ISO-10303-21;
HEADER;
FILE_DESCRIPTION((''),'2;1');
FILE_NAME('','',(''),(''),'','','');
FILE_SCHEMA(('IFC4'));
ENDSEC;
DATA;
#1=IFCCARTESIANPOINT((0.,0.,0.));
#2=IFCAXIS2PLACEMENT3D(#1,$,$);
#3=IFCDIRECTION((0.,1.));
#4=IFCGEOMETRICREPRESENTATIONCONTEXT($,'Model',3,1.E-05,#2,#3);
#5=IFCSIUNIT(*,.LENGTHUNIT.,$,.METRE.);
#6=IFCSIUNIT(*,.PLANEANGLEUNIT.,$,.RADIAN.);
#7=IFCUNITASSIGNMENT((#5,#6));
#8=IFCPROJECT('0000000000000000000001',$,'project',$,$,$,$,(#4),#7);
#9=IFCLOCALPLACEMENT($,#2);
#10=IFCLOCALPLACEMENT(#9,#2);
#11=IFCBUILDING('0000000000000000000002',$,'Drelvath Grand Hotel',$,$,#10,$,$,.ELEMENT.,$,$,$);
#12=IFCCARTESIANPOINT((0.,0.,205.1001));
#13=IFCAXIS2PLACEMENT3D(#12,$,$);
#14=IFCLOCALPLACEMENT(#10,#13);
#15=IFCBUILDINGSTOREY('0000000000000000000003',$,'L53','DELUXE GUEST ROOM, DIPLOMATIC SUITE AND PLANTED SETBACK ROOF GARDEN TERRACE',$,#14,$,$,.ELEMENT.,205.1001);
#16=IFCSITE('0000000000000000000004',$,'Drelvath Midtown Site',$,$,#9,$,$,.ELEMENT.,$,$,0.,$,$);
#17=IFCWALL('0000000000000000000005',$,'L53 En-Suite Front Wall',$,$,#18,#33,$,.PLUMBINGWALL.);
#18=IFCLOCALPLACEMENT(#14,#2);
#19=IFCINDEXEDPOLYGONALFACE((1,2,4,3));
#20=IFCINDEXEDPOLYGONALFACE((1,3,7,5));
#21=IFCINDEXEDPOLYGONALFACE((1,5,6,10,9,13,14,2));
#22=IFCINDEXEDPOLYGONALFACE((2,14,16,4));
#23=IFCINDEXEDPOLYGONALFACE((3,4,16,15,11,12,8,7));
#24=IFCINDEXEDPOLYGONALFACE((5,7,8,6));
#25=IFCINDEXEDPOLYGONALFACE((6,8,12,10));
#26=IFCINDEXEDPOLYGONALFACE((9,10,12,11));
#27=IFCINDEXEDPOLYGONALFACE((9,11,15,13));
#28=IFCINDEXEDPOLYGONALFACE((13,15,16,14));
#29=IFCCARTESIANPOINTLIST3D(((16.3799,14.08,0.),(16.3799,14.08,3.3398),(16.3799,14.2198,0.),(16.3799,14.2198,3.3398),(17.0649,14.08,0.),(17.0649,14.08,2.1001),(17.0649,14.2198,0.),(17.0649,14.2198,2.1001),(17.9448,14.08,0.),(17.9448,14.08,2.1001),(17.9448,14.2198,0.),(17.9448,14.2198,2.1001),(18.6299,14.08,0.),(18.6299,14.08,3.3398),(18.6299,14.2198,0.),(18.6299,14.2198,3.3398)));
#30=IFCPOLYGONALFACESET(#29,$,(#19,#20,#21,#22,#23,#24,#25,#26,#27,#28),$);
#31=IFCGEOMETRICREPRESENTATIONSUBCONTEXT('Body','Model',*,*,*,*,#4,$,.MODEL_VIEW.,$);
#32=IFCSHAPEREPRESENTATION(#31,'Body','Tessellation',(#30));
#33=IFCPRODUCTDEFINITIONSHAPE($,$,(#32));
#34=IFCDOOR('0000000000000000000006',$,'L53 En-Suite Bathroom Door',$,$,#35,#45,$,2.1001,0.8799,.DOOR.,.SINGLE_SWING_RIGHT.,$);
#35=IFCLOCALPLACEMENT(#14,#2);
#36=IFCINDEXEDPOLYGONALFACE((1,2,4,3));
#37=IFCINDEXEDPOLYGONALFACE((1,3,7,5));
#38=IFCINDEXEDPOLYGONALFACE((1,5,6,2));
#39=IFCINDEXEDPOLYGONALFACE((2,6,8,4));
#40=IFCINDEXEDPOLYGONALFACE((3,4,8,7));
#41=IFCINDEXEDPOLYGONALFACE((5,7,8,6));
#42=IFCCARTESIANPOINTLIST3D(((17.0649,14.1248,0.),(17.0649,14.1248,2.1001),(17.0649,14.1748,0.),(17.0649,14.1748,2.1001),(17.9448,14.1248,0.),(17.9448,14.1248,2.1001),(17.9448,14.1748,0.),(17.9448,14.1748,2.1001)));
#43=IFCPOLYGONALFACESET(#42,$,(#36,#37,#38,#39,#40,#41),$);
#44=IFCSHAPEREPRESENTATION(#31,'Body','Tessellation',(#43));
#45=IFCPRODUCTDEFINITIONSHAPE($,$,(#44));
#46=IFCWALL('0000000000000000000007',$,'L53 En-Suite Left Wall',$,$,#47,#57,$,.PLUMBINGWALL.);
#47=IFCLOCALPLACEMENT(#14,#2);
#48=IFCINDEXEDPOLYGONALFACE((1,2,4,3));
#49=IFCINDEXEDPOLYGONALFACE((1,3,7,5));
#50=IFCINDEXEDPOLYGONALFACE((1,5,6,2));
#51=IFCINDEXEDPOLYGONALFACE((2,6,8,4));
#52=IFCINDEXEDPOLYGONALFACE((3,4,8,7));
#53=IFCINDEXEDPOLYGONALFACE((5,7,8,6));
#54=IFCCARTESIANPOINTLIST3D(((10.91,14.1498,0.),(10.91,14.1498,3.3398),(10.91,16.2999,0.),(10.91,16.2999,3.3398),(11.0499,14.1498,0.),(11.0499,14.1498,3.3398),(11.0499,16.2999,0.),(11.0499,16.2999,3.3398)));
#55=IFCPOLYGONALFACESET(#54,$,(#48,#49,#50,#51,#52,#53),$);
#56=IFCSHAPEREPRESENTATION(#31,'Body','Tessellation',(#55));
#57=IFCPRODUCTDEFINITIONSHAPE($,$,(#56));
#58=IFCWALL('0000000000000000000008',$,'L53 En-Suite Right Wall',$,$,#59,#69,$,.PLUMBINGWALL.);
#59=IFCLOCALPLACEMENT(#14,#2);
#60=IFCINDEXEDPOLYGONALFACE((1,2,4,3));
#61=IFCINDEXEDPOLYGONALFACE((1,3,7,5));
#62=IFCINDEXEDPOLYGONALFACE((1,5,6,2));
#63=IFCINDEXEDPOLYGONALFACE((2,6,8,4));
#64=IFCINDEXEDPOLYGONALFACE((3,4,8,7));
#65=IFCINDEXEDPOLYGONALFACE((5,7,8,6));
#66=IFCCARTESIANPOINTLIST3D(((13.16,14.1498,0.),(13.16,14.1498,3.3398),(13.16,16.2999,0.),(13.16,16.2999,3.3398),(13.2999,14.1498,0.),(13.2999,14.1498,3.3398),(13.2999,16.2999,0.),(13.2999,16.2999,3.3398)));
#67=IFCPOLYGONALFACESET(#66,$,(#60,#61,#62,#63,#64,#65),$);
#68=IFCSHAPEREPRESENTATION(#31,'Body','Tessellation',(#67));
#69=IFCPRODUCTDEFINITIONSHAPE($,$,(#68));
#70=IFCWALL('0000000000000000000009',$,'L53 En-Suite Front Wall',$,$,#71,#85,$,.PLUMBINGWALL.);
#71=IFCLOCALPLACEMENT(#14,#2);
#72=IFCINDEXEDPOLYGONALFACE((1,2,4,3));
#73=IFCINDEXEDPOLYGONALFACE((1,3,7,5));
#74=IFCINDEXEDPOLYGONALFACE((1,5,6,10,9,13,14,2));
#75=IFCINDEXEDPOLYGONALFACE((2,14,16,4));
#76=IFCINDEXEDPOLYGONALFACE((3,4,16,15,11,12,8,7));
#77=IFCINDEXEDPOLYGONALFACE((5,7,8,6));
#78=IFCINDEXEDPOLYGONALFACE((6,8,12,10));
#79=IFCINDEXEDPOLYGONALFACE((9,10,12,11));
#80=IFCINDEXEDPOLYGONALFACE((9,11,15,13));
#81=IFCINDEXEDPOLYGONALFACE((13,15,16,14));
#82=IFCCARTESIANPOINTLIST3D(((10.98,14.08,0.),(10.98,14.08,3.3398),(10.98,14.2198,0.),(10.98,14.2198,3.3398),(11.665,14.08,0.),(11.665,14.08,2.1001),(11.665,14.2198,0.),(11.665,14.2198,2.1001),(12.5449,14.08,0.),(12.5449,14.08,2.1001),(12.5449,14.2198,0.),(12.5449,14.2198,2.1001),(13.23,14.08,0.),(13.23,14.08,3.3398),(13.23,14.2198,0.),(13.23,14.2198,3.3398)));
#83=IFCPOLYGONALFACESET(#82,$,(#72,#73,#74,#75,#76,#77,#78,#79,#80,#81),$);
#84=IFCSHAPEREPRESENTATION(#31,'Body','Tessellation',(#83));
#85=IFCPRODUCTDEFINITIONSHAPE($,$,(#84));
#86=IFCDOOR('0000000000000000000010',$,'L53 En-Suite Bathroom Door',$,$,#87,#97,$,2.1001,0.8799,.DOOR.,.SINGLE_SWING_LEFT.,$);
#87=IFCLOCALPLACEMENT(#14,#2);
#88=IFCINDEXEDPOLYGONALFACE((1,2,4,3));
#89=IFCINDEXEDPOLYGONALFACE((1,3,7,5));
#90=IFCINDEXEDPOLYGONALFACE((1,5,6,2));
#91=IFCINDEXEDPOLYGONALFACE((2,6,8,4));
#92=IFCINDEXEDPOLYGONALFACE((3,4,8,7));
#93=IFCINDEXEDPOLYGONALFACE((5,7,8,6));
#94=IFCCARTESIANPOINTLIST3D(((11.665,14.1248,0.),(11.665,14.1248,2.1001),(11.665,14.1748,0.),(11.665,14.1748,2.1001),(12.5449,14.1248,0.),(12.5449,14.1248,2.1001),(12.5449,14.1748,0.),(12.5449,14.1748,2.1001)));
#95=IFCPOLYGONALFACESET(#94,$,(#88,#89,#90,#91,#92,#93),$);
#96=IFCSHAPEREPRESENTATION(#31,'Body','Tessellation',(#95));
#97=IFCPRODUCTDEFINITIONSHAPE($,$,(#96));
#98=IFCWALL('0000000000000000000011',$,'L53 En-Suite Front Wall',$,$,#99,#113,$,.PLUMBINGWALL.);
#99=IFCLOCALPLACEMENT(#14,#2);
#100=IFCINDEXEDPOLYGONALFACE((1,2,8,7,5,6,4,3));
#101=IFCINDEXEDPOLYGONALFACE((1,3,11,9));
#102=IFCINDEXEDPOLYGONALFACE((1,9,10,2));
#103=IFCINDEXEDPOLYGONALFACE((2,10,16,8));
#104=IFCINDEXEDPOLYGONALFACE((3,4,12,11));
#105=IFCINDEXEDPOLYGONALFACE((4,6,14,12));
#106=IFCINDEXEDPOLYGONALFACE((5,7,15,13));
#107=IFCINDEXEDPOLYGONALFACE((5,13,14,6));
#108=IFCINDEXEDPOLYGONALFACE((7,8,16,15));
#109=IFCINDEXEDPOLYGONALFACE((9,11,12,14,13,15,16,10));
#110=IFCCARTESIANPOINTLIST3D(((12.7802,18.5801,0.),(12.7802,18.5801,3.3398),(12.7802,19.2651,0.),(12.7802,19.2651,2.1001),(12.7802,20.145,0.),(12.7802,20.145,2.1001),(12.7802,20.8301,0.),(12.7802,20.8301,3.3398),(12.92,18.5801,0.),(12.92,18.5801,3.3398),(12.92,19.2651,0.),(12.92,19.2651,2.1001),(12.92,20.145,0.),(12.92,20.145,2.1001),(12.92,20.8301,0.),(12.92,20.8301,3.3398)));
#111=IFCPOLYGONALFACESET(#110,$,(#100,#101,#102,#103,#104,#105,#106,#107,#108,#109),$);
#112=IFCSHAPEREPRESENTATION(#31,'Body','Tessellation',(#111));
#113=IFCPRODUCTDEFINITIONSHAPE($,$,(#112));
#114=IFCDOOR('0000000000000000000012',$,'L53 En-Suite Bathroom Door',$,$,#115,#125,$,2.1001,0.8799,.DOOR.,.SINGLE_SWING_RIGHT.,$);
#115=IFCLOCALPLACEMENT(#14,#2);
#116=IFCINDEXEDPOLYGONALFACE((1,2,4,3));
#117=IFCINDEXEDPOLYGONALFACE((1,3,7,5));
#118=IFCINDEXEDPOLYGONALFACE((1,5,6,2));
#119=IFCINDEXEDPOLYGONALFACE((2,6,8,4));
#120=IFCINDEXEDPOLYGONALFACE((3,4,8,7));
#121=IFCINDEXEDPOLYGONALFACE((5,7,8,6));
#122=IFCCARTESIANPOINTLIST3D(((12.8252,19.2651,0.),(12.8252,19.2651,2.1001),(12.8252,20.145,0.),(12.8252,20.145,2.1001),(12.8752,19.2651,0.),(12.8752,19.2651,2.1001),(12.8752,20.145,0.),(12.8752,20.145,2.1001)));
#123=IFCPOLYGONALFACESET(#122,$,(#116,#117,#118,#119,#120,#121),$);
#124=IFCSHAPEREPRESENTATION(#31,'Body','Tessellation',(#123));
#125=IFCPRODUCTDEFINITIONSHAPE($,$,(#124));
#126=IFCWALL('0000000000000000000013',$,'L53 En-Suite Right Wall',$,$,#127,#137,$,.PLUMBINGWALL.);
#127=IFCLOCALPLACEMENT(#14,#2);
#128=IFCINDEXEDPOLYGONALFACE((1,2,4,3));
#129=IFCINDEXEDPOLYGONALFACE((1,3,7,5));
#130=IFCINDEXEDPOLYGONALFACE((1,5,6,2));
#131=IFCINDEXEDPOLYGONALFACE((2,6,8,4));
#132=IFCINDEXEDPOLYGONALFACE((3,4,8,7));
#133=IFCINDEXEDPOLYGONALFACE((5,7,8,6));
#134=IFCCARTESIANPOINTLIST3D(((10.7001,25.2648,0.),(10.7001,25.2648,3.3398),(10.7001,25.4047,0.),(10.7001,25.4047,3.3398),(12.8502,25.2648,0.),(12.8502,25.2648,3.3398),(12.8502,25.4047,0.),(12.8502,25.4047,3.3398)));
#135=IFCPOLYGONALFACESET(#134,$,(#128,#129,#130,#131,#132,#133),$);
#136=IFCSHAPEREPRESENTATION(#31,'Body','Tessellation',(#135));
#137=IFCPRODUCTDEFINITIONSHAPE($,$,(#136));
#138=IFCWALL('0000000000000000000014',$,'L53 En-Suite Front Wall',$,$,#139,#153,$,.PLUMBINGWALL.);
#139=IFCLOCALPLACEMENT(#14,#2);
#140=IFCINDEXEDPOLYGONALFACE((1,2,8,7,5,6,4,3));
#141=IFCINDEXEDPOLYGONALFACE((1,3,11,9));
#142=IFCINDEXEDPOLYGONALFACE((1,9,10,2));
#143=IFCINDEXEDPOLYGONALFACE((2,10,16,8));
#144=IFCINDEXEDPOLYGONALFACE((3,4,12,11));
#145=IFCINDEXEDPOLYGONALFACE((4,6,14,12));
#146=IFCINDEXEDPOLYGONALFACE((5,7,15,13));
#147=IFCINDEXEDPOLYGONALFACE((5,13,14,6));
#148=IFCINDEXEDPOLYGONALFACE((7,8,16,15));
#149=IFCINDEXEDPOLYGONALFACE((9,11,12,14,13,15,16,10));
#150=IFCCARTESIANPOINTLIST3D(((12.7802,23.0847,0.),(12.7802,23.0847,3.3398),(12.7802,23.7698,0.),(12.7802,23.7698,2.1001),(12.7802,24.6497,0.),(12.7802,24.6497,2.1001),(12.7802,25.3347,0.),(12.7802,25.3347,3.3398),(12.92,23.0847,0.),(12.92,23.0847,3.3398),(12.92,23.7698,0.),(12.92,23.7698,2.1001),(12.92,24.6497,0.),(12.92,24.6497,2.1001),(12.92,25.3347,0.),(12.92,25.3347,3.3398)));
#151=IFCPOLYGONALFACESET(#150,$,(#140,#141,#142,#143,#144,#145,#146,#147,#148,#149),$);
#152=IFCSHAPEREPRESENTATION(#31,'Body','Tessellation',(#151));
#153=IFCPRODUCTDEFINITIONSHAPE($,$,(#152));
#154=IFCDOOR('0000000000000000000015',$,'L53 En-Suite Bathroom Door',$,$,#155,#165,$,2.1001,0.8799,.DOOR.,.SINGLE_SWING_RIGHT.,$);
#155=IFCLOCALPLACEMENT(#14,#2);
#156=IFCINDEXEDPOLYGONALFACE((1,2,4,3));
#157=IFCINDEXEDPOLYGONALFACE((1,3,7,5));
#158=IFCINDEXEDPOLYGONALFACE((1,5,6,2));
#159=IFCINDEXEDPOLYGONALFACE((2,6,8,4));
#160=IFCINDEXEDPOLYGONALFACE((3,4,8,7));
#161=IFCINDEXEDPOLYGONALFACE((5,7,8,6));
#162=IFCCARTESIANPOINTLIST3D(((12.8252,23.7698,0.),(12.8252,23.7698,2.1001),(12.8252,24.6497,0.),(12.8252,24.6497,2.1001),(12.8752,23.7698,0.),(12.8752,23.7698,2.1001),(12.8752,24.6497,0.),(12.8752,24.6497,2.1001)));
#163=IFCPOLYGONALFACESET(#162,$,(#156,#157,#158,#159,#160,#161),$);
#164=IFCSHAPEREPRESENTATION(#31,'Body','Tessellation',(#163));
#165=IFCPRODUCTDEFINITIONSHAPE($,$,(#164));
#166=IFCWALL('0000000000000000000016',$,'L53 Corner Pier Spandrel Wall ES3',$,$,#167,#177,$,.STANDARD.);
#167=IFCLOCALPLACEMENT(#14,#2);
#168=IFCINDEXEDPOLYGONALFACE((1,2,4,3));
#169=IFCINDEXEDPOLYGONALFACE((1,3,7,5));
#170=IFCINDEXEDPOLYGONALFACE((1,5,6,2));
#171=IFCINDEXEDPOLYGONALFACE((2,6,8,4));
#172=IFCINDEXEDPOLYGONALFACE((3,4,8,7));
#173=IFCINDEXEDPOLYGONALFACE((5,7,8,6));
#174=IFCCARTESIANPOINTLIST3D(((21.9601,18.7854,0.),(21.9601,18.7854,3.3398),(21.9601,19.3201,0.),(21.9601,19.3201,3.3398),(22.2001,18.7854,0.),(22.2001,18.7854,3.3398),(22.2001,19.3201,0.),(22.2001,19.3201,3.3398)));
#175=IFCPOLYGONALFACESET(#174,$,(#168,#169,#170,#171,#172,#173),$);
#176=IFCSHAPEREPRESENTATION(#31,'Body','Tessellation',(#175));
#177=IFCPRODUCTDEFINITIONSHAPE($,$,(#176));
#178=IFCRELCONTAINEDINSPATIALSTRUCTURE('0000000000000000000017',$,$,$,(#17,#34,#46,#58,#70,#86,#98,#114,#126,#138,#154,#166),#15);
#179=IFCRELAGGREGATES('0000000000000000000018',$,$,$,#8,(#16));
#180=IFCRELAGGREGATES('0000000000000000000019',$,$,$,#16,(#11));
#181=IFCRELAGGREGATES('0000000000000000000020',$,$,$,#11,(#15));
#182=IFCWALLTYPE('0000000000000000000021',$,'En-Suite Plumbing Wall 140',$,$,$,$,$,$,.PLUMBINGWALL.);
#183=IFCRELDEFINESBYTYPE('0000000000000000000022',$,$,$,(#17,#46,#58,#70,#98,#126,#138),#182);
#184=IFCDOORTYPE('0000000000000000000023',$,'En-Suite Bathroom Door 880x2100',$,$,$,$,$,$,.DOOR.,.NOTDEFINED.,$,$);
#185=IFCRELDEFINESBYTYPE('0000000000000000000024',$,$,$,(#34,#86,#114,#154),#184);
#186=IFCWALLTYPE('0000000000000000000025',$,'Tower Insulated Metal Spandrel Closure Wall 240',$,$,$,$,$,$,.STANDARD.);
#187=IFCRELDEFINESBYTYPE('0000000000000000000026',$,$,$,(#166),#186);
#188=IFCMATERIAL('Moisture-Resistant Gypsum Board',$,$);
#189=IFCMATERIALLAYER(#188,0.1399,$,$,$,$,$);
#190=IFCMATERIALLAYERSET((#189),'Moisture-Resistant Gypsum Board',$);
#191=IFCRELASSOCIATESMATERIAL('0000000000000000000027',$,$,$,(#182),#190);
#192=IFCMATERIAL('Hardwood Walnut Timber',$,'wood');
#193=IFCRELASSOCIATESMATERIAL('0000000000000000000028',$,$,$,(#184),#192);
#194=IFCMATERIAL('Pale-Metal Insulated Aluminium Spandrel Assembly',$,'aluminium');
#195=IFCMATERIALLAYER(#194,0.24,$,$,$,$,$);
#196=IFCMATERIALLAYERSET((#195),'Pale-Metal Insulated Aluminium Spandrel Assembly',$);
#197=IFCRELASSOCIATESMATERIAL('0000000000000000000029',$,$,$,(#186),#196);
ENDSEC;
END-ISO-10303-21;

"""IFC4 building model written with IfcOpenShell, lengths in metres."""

from ifc_helpers import new_model, si_unit, direction, frame, frame_2d, origin, place, context, subcontext, project, spatial, rectangle, extrude, material, layer, layer_set, type_object, element, fill, save


model = new_model("IFC4")

# Units and contexts
model_context = context("Model", 3, precision=1e-05, world=origin(), true_north=direction((0.0, 1.0)))
body_context = subcontext(model_context, "Body", "Model", "MODEL_VIEW")
ifc_project = project(units=[si_unit("LENGTHUNIT", "METRE"), si_unit("PLANEANGLEUNIT", "RADIAN")], contexts=[model_context])

# Site, building, storey
site_placement = place(None, origin())
site = spatial("IfcSite", under=ifc_project, at=site_placement, Name="Drelvath Midtown Site", CompositionType="ELEMENT", RefElevation=0.0)
building_placement = place(site_placement, origin())
building = spatial("IfcBuilding", under=site, at=building_placement, Name="Drelvath Grand Hotel", CompositionType="ELEMENT")
storey_placement = place(building_placement, frame((0.0, 0.0, 205.1001)))
storey = spatial("IfcBuildingStorey", under=building, at=storey_placement, Name="L53", Description="DELUXE GUEST ROOM, DIPLOMATIC SUITE AND PLANTED SETBACK ROOF GARDEN TERRACE", CompositionType="ELEMENT", Elevation=205.1001)

# Shared definitions
ifc_material_1 = material(Name="Moisture-Resistant Gypsum Board")
ifc_layer_1 = layer(ifc_material_1, 0.1399)
ifc_layer_set_1 = layer_set([ifc_layer_1], Name="Moisture-Resistant Gypsum Board")
wall_type_1 = type_object("IfcWallType", Name="En-Suite Plumbing Wall 140", PredefinedType="PLUMBINGWALL", material=ifc_layer_set_1)

# Wall, opening, door
wall_1_placement = place(storey_placement, frame((16.3799, 14.1499, 0.0), z_axis=(0.0, 0.0, 1.0), x_axis=(1.0, 0.0, 0.0)))
wall_1 = element("IfcWall", 1, at=wall_1_placement, inside=storey, type_object=wall_type_1, Name="L53 En-Suite Front Wall", PredefinedType="PLUMBINGWALL", context=body_context, shape_type="SweptSolid", body=[
    extrude(rectangle(XDim=2.25, YDim=0.1399, at=frame_2d((1.125, 0.0))), origin(), (0.0, 0.0, 1.0), 3.3398),
])
opening_1_placement = place(wall_1_placement, frame((0.6851, 0.0, 0.0)))
opening_1 = element("IfcOpeningElement", 2, at=opening_1_placement, cuts=wall_1, PredefinedType="OPENING", context=body_context, shape_type="SweptSolid", body=[
    extrude(rectangle(XDim=0.8799, YDim=2.1001, at=frame_2d((0.4399, 1.05))), frame((0.0, 0.0798, 0.0), z_axis=(0.0, -1.0, 0.0), x_axis=(1.0, 0.0, 0.0)), (0.0, 0.0, 1.0), 0.1599),
])
ifc_material_2 = material(Name="Hardwood Walnut Timber", Category="wood")
door_type = type_object("IfcDoorType", Name="En-Suite Bathroom Door 880x2100", OperationType="NOTDEFINED", PredefinedType="DOOR", material=ifc_material_2)
door_1_placement = place(opening_1_placement, origin())
door_1 = element("IfcDoor", 3, at=door_1_placement, inside=storey, type_object=door_type, Name="L53 En-Suite Bathroom Door", OperationType="SINGLE_SWING_RIGHT", OverallHeight=2.1001, OverallWidth=0.8799, PredefinedType="DOOR", context=body_context, shape_type="SweptSolid", body=[
    extrude(rectangle(XDim=0.8799, YDim=2.1001, at=frame_2d((0.4399, 1.05))), frame((0.0, 0.0249, 0.0), z_axis=(0.0, -1.0, 0.0), x_axis=(1.0, 0.0, 0.0)), (0.0, 0.0, 1.0), 0.05),
])
fill(opening_1, door_1)

# Walls
for number, where, z_axis, x_axis, name in (
    (4, (10.98, 16.3, 0.0), (0.0, 0.0, 1.0), (0.0, -1.0, 0.0), "L53 En-Suite Left Wall"),
    (5, (13.23, 16.3, 0.0), (0.0, 0.0, 1.0), (0.0, -1.0, 0.0), "L53 En-Suite Right Wall"),
):
    element("IfcWall", number, at=place(storey_placement, frame(where, z_axis=z_axis, x_axis=x_axis)), inside=storey, type_object=wall_type_1, Name=name, PredefinedType="PLUMBINGWALL", context=body_context, shape_type="SweptSolid", body=[
        extrude(rectangle(XDim=2.1501, YDim=0.1399, at=frame_2d((1.0752, 0.0))), origin(), (0.0, 0.0, 1.0), 3.3398),
    ])

# Walls, openings, doors
wall_2_placement = place(storey_placement, frame((10.98, 14.1499, 0.0), z_axis=(0.0, 0.0, 1.0), x_axis=(1.0, 0.0, 0.0)))
wall_2 = element("IfcWall", 6, at=wall_2_placement, inside=storey, type_object=wall_type_1, Name="L53 En-Suite Front Wall", PredefinedType="PLUMBINGWALL", context=body_context, shape_type="SweptSolid", body=[
    extrude(rectangle(XDim=2.25, YDim=0.1399, at=frame_2d((1.125, 0.0))), origin(), (0.0, 0.0, 1.0), 3.3398),
])
opening_2_placement = place(wall_2_placement, frame((0.6851, 0.0, 0.0)))
opening_2 = element("IfcOpeningElement", 7, at=opening_2_placement, cuts=wall_2, PredefinedType="OPENING", context=body_context, shape_type="SweptSolid", body=[
    extrude(rectangle(XDim=0.8799, YDim=2.1001, at=frame_2d((0.4399, 1.05))), frame((0.0, 0.0798, 0.0), z_axis=(0.0, -1.0, 0.0), x_axis=(1.0, 0.0, 0.0)), (0.0, 0.0, 1.0), 0.1599),
])
door_2_placement = place(opening_2_placement, origin())
door_2 = element("IfcDoor", 8, at=door_2_placement, inside=storey, type_object=door_type, Name="L53 En-Suite Bathroom Door", OperationType="SINGLE_SWING_LEFT", OverallHeight=2.1001, OverallWidth=0.8799, PredefinedType="DOOR", context=body_context, shape_type="SweptSolid", body=[
    extrude(rectangle(XDim=0.8799, YDim=2.1001, at=frame_2d((0.4399, 1.05))), frame((0.0, 0.0249, 0.0), z_axis=(0.0, -1.0, 0.0), x_axis=(1.0, 0.0, 0.0)), (0.0, 0.0, 1.0), 0.05),
])
fill(opening_2, door_2)
wall_3_placement = place(storey_placement, frame((12.8501, 18.5801, 0.0), z_axis=(0.0, 0.0, 1.0), x_axis=(0.0, 1.0, 0.0)))
wall_3 = element("IfcWall", 9, at=wall_3_placement, inside=storey, type_object=wall_type_1, Name="L53 En-Suite Front Wall", PredefinedType="PLUMBINGWALL", context=body_context, shape_type="SweptSolid", body=[
    extrude(rectangle(XDim=2.25, YDim=0.1399, at=frame_2d((1.125, 0.0))), origin(), (0.0, 0.0, 1.0), 3.3398),
])
opening_3_placement = place(wall_3_placement, frame((0.6851, 0.0, 0.0)))
opening_3 = element("IfcOpeningElement", 10, at=opening_3_placement, cuts=wall_3, PredefinedType="OPENING", context=body_context, shape_type="SweptSolid", body=[
    extrude(rectangle(XDim=0.8799, YDim=2.1001, at=frame_2d((0.4399, 1.05))), frame((0.0, 0.0798, 0.0), z_axis=(0.0, -1.0, 0.0), x_axis=(1.0, 0.0, 0.0)), (0.0, 0.0, 1.0), 0.1599),
])
door_3_placement = place(opening_3_placement, origin())
door_3 = element("IfcDoor", 11, at=door_3_placement, inside=storey, type_object=door_type, Name="L53 En-Suite Bathroom Door", OperationType="SINGLE_SWING_RIGHT", OverallHeight=2.1001, OverallWidth=0.8799, PredefinedType="DOOR", context=body_context, shape_type="SweptSolid", body=[
    extrude(rectangle(XDim=0.8799, YDim=2.1001, at=frame_2d((0.4399, 1.05))), frame((0.0, 0.0249, 0.0), z_axis=(0.0, -1.0, 0.0), x_axis=(1.0, 0.0, 0.0)), (0.0, 0.0, 1.0), 0.05),
])
fill(opening_3, door_3)

# Wall
wall_4_placement = place(storey_placement, frame((10.7, 25.3347, 0.0), z_axis=(0.0, 0.0, 1.0), x_axis=(1.0, 0.0, 0.0)))
element("IfcWall", 12, at=wall_4_placement, inside=storey, type_object=wall_type_1, Name="L53 En-Suite Right Wall", PredefinedType="PLUMBINGWALL", context=body_context, shape_type="SweptSolid", body=[
    extrude(rectangle(XDim=2.1501, YDim=0.1399, at=frame_2d((1.0752, 0.0))), origin(), (0.0, 0.0, 1.0), 3.3398),
])

# Wall, opening, door
wall_5_placement = place(storey_placement, frame((12.8501, 23.0847, 0.0), z_axis=(0.0, 0.0, 1.0), x_axis=(0.0, 1.0, 0.0)))
wall_5 = element("IfcWall", 13, at=wall_5_placement, inside=storey, type_object=wall_type_1, Name="L53 En-Suite Front Wall", PredefinedType="PLUMBINGWALL", context=body_context, shape_type="SweptSolid", body=[
    extrude(rectangle(XDim=2.25, YDim=0.1399, at=frame_2d((1.125, 0.0))), origin(), (0.0, 0.0, 1.0), 3.3398),
])
opening_4_placement = place(wall_5_placement, frame((0.6851, 0.0, 0.0)))
opening_4 = element("IfcOpeningElement", 14, at=opening_4_placement, cuts=wall_5, PredefinedType="OPENING", context=body_context, shape_type="SweptSolid", body=[
    extrude(rectangle(XDim=0.8799, YDim=2.1001, at=frame_2d((0.4399, 1.05))), frame((0.0, 0.0798, 0.0), z_axis=(0.0, -1.0, 0.0), x_axis=(1.0, 0.0, 0.0)), (0.0, 0.0, 1.0), 0.1599),
])
door_4_placement = place(opening_4_placement, origin())
door_4 = element("IfcDoor", 15, at=door_4_placement, inside=storey, type_object=door_type, Name="L53 En-Suite Bathroom Door", OperationType="SINGLE_SWING_RIGHT", OverallHeight=2.1001, OverallWidth=0.8799, PredefinedType="DOOR", context=body_context, shape_type="SweptSolid", body=[
    extrude(rectangle(XDim=0.8799, YDim=2.1001, at=frame_2d((0.4399, 1.05))), frame((0.0, 0.0249, 0.0), z_axis=(0.0, -1.0, 0.0), x_axis=(1.0, 0.0, 0.0)), (0.0, 0.0, 1.0), 0.05),
])
fill(opening_4, door_4)

# Wall
ifc_material_3 = material(Name="Pale-Metal Insulated Aluminium Spandrel Assembly", Category="aluminium")
ifc_layer_2 = layer(ifc_material_3, 0.24)
ifc_layer_set_2 = layer_set([ifc_layer_2], Name="Pale-Metal Insulated Aluminium Spandrel Assembly")
wall_type_2 = type_object("IfcWallType", Name="Tower Insulated Metal Spandrel Closure Wall 240", PredefinedType="STANDARD", material=ifc_layer_set_2)
wall_6_placement = place(storey_placement, frame((22.0801, 19.3201, 0.0), z_axis=(0.0, 0.0, 1.0), x_axis=(0.0, -1.0, 0.0)))
element("IfcWall", 16, at=wall_6_placement, inside=storey, type_object=wall_type_2, Name="L53 Corner Pier Spandrel Wall ES3", PredefinedType="STANDARD", context=body_context, shape_type="SweptSolid", body=[
    extrude(rectangle(XDim=0.5347, YDim=0.24, at=frame_2d((0.2673, 0.0))), origin(), (0.0, 0.0, 1.0), 3.3398),
])

save(model, "model.ifc")
